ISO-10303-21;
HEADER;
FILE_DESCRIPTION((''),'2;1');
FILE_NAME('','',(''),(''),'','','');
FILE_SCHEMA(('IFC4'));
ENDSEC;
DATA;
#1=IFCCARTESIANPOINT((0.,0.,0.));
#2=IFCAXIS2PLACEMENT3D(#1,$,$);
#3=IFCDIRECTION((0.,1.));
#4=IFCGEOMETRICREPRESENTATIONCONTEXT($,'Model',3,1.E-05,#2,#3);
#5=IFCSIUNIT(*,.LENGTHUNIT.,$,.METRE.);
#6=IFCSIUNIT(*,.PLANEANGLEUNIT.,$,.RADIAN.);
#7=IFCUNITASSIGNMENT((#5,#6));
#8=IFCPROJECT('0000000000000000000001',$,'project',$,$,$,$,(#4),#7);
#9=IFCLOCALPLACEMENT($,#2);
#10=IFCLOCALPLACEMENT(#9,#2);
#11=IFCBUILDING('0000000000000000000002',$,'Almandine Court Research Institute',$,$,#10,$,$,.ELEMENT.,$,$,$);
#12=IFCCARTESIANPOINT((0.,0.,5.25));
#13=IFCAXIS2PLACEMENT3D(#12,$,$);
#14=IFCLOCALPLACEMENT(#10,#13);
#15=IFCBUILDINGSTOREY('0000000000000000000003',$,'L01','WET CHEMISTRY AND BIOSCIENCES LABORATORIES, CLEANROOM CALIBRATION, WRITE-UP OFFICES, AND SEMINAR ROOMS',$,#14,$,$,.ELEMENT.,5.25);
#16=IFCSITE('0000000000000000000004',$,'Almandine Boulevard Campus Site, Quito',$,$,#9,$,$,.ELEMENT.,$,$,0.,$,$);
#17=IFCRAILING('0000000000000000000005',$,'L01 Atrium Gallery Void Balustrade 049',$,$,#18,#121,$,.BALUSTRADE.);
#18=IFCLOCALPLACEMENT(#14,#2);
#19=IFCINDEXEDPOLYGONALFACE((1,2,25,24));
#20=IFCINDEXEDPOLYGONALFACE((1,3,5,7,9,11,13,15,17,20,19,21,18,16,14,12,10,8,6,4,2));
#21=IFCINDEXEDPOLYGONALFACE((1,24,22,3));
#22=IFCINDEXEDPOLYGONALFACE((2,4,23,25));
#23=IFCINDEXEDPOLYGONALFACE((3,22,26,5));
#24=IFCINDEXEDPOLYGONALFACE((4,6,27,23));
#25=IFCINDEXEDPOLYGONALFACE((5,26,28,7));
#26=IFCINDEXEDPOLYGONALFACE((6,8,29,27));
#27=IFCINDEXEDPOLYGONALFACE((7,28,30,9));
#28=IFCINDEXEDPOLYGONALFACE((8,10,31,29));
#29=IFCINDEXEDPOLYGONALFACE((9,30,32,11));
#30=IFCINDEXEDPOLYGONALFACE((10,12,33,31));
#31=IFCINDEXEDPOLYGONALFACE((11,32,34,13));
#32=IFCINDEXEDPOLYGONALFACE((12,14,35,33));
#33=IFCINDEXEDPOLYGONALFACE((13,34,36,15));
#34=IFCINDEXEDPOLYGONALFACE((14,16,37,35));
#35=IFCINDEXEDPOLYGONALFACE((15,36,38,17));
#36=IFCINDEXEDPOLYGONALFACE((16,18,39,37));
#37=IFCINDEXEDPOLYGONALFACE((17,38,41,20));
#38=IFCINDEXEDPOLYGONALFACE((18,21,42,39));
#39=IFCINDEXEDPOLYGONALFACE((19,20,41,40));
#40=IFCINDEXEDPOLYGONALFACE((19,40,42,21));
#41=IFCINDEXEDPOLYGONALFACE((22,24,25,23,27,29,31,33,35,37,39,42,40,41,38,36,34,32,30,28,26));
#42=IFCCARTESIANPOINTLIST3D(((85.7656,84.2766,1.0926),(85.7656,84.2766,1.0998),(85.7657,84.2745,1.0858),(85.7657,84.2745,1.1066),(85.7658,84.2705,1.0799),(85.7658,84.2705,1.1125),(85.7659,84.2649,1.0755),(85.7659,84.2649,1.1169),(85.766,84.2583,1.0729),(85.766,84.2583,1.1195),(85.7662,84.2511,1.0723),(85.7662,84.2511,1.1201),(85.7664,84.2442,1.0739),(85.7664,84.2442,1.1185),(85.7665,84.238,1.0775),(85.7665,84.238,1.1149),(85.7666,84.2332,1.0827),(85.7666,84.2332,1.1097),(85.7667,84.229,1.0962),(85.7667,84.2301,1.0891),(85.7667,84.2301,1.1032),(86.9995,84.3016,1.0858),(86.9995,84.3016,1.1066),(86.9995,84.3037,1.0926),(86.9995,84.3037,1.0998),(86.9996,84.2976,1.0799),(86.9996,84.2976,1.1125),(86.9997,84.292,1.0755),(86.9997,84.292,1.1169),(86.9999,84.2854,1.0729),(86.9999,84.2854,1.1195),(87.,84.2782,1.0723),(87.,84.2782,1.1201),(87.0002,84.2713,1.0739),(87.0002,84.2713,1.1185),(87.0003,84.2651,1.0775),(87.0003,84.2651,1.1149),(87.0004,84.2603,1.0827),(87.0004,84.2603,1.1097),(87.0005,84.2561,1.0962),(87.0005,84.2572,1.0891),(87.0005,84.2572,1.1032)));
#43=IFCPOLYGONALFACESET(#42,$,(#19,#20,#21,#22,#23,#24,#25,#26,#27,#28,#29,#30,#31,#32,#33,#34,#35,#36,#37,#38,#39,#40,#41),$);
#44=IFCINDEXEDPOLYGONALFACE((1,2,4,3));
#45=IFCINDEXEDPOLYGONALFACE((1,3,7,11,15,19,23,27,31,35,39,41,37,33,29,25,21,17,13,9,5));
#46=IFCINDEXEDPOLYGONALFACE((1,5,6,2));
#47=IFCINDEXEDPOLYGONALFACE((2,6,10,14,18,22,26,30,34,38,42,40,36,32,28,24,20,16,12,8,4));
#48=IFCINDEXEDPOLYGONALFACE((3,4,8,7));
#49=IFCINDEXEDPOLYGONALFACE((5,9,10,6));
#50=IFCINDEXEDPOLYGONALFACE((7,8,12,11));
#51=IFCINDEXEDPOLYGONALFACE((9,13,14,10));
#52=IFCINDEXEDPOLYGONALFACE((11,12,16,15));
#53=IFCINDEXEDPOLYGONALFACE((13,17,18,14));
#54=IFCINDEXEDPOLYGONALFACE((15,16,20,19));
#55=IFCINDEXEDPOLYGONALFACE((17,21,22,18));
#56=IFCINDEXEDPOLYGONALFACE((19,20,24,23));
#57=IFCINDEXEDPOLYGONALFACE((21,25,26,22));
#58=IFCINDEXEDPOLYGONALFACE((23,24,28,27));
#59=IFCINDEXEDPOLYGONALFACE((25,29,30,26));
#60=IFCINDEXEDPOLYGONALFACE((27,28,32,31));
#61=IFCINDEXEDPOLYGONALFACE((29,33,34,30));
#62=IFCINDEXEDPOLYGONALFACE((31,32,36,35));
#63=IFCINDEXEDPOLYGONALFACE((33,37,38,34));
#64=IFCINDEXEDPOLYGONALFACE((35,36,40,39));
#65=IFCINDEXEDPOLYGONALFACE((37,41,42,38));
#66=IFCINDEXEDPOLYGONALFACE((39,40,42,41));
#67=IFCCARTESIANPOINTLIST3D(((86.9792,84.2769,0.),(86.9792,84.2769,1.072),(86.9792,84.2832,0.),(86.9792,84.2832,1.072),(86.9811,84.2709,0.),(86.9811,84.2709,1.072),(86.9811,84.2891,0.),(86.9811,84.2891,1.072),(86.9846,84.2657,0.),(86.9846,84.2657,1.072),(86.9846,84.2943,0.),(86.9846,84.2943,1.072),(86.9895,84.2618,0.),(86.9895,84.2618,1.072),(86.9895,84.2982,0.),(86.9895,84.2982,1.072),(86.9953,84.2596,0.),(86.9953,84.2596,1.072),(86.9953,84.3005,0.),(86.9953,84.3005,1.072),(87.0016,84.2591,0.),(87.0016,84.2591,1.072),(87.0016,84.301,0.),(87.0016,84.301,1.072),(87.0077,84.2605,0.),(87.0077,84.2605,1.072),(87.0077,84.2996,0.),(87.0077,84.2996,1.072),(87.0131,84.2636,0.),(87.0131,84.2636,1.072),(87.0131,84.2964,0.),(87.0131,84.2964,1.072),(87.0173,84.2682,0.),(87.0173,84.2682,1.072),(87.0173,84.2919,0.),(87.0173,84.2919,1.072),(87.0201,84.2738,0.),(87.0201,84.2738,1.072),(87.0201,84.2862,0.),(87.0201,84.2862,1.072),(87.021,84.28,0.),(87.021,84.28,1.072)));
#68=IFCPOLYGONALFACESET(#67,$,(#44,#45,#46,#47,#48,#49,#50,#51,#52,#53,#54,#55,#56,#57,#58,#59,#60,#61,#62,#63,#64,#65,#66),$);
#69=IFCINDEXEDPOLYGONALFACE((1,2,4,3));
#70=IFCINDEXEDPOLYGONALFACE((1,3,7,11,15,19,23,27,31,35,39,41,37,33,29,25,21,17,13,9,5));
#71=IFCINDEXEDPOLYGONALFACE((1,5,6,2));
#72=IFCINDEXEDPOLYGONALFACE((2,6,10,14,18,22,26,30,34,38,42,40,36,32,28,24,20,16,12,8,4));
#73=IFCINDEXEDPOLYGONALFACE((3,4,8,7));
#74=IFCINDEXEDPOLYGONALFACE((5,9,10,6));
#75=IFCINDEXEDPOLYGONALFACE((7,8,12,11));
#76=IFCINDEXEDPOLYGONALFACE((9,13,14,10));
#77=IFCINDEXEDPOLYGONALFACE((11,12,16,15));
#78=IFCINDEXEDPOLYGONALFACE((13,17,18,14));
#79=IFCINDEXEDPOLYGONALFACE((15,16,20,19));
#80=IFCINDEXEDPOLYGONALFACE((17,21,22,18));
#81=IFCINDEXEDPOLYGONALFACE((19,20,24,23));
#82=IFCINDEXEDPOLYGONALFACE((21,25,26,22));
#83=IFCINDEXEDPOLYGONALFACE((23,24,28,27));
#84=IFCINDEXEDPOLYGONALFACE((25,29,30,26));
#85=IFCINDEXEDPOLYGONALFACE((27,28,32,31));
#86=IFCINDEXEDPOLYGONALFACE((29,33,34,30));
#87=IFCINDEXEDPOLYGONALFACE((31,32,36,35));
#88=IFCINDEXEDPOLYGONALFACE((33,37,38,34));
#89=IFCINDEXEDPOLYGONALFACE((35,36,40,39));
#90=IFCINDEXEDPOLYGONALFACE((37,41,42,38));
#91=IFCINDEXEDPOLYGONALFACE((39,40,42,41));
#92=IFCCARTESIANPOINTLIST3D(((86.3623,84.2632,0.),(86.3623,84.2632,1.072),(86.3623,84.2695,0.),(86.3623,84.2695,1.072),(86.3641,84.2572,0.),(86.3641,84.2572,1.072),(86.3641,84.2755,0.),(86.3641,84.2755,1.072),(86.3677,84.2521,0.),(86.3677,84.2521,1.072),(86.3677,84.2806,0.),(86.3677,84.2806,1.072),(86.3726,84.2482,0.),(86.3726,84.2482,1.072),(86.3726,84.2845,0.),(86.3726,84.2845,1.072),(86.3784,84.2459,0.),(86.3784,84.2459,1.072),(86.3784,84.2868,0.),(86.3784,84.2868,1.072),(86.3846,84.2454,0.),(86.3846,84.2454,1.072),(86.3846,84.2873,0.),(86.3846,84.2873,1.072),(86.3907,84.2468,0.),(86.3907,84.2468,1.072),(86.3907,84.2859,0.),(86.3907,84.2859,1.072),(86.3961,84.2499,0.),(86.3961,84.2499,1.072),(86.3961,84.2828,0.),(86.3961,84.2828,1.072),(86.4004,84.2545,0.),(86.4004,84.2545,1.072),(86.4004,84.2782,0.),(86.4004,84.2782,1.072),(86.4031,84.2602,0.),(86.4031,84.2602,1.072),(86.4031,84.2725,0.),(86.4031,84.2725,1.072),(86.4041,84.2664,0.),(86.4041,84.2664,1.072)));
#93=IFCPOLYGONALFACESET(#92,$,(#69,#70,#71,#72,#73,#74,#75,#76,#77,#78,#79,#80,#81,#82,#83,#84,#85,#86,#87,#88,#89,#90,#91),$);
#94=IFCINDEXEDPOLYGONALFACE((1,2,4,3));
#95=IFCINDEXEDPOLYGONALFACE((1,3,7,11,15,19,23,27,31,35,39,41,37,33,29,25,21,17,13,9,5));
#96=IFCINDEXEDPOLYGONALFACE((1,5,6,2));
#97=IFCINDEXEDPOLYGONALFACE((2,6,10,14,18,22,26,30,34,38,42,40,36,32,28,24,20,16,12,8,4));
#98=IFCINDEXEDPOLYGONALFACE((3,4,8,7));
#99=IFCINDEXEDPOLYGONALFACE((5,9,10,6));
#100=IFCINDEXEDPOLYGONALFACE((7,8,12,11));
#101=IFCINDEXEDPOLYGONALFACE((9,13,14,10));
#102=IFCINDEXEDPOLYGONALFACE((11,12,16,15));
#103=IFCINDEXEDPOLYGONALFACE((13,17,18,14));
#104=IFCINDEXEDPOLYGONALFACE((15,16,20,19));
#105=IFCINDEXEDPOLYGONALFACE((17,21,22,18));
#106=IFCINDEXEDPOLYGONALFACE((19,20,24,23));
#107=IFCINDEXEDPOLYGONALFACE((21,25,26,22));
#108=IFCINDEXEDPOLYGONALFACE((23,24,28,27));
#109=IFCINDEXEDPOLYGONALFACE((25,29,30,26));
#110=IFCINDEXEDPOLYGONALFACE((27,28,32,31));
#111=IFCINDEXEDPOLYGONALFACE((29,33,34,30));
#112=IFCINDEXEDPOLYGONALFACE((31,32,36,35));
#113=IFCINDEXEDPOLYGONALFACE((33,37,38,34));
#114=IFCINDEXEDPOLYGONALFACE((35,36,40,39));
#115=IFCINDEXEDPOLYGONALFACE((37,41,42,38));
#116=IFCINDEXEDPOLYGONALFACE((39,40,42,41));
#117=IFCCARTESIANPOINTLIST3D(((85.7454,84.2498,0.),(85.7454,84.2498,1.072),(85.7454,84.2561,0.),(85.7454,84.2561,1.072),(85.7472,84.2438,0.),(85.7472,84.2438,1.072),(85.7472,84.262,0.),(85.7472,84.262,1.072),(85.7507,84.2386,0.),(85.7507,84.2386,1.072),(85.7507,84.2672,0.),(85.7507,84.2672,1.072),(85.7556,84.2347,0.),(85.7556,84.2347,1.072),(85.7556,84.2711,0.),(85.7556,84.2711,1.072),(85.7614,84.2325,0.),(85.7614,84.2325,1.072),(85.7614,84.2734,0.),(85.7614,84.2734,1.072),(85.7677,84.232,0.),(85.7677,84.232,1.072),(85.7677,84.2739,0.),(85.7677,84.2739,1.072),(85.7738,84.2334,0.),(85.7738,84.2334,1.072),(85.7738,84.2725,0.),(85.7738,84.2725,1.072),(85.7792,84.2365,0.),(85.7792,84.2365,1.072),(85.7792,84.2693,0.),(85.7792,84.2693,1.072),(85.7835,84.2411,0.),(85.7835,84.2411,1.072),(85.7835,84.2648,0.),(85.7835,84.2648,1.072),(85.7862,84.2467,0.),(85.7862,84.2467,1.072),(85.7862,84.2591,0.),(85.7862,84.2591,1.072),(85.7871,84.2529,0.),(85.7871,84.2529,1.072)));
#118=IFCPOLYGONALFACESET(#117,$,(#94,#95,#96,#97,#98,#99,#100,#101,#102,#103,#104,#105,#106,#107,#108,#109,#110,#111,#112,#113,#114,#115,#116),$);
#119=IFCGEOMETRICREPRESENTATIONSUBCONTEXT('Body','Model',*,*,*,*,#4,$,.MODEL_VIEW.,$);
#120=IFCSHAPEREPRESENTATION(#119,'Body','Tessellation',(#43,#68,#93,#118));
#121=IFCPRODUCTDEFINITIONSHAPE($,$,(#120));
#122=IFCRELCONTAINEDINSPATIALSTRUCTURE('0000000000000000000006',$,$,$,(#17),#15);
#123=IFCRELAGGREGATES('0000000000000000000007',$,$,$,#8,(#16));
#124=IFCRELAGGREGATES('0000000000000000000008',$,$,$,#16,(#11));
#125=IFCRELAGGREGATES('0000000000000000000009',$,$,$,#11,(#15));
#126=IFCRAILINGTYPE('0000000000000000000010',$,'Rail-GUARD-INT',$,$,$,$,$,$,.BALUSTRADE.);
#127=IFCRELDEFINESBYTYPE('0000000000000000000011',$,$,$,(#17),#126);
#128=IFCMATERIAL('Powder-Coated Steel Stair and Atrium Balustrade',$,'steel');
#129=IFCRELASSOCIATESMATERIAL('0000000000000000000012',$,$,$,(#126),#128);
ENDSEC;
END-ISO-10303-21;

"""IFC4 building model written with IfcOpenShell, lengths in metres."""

from ifc_helpers import new_model, si_unit, direction, frame, origin, origin_2d, place, context, subcontext, project, spatial, circle, extrude, material, type_object, element, save


model = new_model("IFC4")

# Units and contexts
model_context = context("Model", 3, precision=1e-05, world=origin(), true_north=direction((0.0, 1.0)))
body_context = subcontext(model_context, "Body", "Model", "MODEL_VIEW")
ifc_project = project(units=[si_unit("LENGTHUNIT", "METRE"), si_unit("PLANEANGLEUNIT", "RADIAN")], contexts=[model_context])

# Site, building, storey
site_placement = place(None, origin())
site = spatial("IfcSite", under=ifc_project, at=site_placement, Name="Almandine Boulevard Campus Site, Quito", CompositionType="ELEMENT", RefElevation=0.0)
building_placement = place(site_placement, origin())
building = spatial("IfcBuilding", under=site, at=building_placement, Name="Almandine Court Research Institute", CompositionType="ELEMENT")
storey_placement = place(building_placement, frame((0.0, 0.0, 5.25)))
storey = spatial("IfcBuildingStorey", under=building, at=storey_placement, Name="L01", Description="WET CHEMISTRY AND BIOSCIENCES LABORATORIES, CLEANROOM CALIBRATION, WRITE-UP OFFICES, AND SEMINAR ROOMS", CompositionType="ELEMENT", Elevation=5.25)

# Railing
ifc_material_1 = material(Name="Powder-Coated Steel Stair and Atrium Balustrade", Category="steel")
railing_type_1 = type_object("IfcRailingType", Name="Rail-GUARD-INT", PredefinedType="BALUSTRADE", material=ifc_material_1)
railing_1_placement = place(storey_placement, frame((87.0, 84.28, 0.0)))
element("IfcRailing", 1, at=railing_1_placement, inside=storey, type_object=railing_type_1, Name="L01 Atrium Gallery Void Balustrade 049", PredefinedType="BALUSTRADE", context=body_context, shape_type="SweptSolid", body=[
    extrude(circle(Radius=0.0239, at=origin_2d()), frame((0.0, 0.0, 1.0962), z_axis=(-0.999759, -0.021958, 0.0), x_axis=(0.021958, -0.999759, 0.0)), (0.0, 0.0, 1.0), 1.2341),
    extrude(circle(Radius=0.021, at=origin_2d()), origin(), (0.0, 0.0, 1.0), 1.072),
    extrude(circle(Radius=0.021, at=origin_2d()), frame((-0.6169, -0.0137, 0.0)), (0.0, 0.0, 1.0), 1.072),
    extrude(circle(Radius=0.021, at=origin_2d()), frame((-1.2339, -0.0271, 0.0)), (0.0, 0.0, 1.0), 1.072),
])

save(model, "model.ifc")
